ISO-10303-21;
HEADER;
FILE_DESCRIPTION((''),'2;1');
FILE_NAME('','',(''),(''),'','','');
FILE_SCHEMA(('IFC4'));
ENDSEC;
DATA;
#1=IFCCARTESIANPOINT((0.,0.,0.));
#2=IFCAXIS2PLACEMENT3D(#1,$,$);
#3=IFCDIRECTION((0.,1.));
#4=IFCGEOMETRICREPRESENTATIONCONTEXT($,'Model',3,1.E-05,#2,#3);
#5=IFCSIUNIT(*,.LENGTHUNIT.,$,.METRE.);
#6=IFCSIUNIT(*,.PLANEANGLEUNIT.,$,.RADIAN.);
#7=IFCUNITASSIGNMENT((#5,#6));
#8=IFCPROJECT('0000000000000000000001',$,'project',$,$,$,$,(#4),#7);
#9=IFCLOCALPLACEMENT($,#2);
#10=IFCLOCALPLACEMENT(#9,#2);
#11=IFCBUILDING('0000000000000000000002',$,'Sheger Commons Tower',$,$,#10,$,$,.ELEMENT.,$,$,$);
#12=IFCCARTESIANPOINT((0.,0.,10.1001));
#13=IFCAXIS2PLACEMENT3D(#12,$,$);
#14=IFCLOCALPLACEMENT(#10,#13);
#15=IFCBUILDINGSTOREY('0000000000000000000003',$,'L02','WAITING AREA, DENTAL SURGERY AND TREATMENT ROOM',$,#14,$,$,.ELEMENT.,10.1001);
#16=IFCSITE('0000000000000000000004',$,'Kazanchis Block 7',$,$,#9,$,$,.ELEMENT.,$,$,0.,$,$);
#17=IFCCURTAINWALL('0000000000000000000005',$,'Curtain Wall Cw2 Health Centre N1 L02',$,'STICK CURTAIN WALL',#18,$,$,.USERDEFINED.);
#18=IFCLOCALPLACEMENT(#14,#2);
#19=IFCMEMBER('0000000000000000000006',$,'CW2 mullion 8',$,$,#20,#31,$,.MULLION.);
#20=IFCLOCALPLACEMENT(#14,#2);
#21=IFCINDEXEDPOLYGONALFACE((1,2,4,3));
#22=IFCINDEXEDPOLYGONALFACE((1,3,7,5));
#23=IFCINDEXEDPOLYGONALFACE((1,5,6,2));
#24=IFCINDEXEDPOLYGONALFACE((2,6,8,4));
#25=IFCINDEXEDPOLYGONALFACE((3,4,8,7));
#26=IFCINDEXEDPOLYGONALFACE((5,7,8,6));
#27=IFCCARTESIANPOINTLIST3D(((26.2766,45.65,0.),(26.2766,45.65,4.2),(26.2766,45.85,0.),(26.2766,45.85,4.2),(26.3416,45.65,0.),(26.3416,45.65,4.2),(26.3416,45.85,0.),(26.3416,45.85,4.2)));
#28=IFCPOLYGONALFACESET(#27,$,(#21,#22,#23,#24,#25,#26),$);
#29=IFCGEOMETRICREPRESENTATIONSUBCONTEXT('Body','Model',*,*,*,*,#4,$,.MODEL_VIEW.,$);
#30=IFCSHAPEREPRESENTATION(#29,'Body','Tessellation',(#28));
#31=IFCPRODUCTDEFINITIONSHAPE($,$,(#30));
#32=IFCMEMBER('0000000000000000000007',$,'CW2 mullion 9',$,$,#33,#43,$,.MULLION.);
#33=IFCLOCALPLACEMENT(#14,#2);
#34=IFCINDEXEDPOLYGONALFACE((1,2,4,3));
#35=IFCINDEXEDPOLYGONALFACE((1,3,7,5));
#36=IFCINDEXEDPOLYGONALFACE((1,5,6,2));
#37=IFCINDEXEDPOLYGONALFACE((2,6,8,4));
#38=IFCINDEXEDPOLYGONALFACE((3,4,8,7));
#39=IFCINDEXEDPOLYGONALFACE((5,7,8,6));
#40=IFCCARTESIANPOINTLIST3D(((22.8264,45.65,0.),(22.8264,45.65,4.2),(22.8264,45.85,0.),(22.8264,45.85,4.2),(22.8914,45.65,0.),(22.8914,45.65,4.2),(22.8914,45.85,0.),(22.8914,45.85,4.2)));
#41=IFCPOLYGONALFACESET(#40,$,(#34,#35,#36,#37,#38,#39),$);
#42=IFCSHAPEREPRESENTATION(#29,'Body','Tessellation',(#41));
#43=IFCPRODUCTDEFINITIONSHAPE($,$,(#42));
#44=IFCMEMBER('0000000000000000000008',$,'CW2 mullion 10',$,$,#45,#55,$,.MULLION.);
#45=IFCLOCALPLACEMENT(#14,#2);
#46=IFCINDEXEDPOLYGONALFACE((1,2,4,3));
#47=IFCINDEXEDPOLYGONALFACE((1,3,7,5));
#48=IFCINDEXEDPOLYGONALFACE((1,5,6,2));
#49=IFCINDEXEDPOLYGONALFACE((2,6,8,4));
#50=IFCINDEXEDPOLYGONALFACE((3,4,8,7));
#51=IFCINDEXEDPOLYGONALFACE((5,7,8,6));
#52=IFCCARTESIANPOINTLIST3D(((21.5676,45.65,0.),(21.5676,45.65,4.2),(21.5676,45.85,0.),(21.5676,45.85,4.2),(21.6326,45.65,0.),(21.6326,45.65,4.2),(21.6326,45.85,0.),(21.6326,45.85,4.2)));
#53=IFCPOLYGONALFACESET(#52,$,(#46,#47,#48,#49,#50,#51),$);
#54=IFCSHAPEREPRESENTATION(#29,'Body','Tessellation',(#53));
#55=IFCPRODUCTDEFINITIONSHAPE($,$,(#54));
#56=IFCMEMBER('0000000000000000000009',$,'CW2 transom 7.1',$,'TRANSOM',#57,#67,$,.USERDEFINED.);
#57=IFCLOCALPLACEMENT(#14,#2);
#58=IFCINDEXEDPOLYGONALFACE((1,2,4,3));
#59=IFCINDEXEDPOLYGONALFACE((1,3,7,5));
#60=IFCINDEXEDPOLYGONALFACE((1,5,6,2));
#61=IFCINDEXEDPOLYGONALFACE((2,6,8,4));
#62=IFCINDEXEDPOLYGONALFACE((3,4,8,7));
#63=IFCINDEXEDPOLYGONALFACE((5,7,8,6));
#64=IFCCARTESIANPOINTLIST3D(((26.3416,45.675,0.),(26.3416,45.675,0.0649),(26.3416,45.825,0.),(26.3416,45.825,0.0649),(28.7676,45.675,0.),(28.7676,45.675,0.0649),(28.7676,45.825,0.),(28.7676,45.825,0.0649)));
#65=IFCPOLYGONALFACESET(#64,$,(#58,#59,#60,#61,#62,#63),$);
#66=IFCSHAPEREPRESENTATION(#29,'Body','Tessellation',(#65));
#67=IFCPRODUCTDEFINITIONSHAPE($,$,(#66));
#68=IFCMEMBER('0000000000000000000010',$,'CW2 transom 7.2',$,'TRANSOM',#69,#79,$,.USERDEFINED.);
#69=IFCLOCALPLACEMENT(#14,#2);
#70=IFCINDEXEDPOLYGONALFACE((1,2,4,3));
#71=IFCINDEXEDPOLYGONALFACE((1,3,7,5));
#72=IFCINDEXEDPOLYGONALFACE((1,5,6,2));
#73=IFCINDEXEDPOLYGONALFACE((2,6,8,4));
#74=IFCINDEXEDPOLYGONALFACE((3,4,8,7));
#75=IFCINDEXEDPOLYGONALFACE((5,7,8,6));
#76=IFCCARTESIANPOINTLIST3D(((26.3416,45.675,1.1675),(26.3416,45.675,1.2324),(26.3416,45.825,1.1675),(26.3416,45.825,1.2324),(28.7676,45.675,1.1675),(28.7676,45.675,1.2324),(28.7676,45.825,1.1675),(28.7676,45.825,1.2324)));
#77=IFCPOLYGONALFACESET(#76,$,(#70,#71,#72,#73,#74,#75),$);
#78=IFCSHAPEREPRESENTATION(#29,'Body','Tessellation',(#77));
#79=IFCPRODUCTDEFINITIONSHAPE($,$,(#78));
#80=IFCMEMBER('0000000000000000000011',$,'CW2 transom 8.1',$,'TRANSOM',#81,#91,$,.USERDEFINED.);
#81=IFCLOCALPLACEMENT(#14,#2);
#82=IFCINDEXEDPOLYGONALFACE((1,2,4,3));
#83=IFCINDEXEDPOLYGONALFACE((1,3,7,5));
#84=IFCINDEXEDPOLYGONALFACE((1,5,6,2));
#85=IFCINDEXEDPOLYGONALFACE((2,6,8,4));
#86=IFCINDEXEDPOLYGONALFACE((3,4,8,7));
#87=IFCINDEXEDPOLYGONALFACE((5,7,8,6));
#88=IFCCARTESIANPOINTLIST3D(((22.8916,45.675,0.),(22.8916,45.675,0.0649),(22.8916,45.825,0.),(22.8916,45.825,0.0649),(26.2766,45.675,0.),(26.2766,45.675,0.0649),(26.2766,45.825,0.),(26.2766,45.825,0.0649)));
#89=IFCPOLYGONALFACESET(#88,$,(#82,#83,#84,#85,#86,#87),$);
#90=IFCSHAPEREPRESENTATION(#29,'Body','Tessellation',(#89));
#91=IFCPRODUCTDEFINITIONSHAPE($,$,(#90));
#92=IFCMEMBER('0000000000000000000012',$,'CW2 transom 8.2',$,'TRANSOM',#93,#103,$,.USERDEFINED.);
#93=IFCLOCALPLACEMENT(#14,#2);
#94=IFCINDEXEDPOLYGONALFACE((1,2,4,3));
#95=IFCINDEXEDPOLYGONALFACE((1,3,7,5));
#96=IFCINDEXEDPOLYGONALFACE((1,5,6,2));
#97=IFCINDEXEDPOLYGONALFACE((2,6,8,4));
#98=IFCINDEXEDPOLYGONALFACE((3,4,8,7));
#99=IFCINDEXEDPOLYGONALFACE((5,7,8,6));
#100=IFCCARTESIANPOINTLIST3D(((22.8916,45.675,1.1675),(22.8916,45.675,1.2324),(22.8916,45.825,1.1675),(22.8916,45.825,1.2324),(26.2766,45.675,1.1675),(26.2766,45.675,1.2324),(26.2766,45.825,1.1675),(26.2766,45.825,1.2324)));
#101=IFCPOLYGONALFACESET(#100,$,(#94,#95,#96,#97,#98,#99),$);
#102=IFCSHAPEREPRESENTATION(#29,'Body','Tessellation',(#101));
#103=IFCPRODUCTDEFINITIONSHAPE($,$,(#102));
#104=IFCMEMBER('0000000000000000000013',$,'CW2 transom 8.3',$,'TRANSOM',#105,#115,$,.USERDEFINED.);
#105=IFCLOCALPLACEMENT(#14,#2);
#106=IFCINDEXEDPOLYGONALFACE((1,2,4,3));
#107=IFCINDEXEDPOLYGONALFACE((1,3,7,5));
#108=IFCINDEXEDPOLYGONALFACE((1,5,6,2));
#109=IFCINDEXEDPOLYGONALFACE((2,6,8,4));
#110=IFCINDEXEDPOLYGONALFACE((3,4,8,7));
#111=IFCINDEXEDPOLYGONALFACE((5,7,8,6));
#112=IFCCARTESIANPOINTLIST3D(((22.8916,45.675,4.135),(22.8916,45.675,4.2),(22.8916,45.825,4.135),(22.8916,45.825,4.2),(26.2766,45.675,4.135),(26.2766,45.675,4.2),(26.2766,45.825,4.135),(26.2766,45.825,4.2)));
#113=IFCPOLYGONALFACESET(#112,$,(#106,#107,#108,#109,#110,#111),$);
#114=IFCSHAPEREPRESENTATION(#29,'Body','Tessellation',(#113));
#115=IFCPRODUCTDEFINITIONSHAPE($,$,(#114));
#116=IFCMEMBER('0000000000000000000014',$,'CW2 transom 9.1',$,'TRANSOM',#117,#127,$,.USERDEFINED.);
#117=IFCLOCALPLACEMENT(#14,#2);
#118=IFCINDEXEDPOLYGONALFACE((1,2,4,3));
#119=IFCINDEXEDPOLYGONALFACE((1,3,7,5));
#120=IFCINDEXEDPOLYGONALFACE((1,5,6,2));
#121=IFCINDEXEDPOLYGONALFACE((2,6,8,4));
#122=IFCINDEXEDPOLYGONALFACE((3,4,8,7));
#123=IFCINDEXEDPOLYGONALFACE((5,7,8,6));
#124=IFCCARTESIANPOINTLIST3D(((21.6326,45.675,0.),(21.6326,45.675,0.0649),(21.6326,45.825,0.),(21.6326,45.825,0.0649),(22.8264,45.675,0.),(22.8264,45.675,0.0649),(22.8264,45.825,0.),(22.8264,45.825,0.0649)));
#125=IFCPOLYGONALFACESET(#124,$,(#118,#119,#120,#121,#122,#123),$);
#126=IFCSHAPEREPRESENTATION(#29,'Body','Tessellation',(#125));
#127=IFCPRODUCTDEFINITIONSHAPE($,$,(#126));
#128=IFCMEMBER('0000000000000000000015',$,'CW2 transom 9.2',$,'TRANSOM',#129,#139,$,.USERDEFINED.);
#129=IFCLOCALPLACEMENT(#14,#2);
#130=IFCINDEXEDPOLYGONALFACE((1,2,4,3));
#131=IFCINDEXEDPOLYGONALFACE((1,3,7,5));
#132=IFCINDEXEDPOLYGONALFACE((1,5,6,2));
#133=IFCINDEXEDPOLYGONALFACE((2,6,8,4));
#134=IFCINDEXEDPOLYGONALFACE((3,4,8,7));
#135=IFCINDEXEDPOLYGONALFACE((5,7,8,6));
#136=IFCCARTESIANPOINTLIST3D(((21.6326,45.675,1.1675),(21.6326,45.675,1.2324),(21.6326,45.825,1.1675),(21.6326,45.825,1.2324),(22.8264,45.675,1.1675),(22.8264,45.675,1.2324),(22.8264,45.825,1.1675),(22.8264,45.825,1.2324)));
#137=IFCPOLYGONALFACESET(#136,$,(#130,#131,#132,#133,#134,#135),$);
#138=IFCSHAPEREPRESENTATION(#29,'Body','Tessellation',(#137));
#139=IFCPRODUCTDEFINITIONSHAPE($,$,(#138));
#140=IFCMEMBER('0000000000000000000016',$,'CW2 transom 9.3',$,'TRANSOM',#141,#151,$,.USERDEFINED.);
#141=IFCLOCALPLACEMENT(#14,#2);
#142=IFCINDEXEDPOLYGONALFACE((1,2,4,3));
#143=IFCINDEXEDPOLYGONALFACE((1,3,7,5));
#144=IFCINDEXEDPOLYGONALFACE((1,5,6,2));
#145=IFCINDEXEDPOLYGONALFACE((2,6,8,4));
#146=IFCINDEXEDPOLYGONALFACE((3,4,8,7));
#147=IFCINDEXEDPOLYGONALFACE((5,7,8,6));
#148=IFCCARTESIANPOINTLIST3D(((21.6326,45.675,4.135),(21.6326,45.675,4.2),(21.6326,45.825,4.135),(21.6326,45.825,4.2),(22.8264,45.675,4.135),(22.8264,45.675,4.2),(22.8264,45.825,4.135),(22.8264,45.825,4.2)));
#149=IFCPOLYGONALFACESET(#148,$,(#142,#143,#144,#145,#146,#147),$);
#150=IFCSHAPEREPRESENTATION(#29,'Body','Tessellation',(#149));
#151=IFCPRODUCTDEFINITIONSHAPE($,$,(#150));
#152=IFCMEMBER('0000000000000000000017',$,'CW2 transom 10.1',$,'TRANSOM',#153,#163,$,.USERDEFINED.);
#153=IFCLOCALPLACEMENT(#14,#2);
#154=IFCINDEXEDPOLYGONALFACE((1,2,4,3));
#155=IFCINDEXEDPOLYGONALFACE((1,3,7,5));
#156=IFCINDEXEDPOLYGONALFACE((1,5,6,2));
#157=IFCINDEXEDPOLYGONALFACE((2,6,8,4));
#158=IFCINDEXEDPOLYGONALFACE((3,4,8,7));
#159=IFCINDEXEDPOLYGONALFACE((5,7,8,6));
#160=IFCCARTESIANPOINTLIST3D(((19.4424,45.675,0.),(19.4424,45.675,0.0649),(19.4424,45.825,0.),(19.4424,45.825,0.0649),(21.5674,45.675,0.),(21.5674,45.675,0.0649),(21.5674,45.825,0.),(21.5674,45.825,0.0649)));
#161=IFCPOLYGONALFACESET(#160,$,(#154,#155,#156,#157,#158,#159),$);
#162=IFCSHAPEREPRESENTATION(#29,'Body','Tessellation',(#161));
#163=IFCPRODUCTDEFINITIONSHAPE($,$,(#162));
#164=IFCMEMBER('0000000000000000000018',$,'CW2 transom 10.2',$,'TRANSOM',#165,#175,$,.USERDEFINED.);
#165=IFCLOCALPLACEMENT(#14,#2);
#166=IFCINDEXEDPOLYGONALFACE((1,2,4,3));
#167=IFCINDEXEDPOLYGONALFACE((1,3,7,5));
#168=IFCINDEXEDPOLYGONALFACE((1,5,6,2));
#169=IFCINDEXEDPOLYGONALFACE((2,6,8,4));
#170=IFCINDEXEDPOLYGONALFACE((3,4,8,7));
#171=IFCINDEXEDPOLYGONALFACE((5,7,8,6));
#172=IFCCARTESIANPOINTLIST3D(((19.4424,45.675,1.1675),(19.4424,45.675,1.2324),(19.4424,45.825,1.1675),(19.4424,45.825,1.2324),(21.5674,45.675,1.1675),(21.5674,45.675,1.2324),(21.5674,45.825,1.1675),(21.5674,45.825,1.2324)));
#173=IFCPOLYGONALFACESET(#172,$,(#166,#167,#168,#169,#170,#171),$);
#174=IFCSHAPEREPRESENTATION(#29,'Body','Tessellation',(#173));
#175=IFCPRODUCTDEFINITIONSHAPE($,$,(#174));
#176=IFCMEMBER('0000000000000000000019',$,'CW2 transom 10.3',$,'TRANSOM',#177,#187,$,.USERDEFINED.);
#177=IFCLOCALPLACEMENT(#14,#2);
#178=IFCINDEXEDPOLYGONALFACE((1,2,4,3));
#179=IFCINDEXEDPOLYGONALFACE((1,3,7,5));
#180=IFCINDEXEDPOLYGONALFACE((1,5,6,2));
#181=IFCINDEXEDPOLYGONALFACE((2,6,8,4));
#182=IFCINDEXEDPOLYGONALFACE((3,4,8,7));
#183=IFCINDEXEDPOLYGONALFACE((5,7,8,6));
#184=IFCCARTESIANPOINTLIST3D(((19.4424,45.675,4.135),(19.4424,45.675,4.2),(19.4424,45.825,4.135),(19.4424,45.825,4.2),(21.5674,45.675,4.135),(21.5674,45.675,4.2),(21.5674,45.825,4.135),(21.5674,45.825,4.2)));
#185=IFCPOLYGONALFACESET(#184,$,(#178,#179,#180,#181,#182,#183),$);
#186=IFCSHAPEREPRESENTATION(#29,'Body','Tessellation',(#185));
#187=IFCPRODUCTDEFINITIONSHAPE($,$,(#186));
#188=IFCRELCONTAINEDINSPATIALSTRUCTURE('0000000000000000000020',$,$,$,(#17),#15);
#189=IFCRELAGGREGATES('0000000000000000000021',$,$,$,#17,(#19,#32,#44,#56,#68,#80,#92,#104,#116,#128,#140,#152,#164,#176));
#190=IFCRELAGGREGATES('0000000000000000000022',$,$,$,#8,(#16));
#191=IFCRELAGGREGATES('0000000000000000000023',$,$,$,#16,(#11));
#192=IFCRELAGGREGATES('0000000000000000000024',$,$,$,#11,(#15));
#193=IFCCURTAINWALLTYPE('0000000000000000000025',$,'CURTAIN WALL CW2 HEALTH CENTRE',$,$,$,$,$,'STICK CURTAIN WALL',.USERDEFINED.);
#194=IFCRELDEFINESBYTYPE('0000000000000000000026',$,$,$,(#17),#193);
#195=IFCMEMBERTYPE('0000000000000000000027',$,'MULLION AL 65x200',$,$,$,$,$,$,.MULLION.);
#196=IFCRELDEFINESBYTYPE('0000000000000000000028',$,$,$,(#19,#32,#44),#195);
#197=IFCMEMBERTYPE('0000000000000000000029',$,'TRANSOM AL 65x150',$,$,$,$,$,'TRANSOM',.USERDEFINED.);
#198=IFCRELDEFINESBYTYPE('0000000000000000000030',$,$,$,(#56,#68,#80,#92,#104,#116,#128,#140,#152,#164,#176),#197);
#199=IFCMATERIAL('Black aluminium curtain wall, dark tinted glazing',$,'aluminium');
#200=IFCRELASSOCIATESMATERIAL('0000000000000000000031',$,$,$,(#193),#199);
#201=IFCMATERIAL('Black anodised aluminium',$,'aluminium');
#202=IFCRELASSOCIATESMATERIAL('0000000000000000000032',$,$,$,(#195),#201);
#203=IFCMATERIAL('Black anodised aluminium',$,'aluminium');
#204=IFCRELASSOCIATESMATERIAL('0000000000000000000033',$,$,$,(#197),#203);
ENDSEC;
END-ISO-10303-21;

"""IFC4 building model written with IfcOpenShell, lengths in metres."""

from ifc_helpers import new_model, si_unit, direction, frame, origin, origin_2d, place, context, subcontext, project, spatial, rectangle, extrude, material, material_profile, profile_set, type_object, element, aggregate, save


model = new_model("IFC4")

# Units and contexts
model_context = context("Model", 3, precision=1e-05, world=origin(), true_north=direction((0.0, 1.0)))
body_context = subcontext(model_context, "Body", "Model", "MODEL_VIEW")
ifc_project = project(units=[si_unit("LENGTHUNIT", "METRE"), si_unit("PLANEANGLEUNIT", "RADIAN")], contexts=[model_context])

# Site, building, storey
site_placement = place(None, origin())
site = spatial("IfcSite", under=ifc_project, at=site_placement, Name="Kazanchis Block 7", CompositionType="ELEMENT", RefElevation=0.0)
building_placement = place(site_placement, origin())
building = spatial("IfcBuilding", under=site, at=building_placement, Name="Sheger Commons Tower", CompositionType="ELEMENT")
storey_placement = place(building_placement, frame((0.0, 0.0, 10.1001)))
storey = spatial("IfcBuildingStorey", under=building, at=storey_placement, Name="L02", Description="WAITING AREA, DENTAL SURGERY AND TREATMENT ROOM", CompositionType="ELEMENT", Elevation=10.1001)

# Curtain wall, members
ifc_material_1 = material(Name="Black aluminium curtain wall, dark tinted glazing", Category="aluminium")
curtain_wall_type = type_object("IfcCurtainWallType", Name="CURTAIN WALL CW2 HEALTH CENTRE", ElementType="STICK CURTAIN WALL", PredefinedType="USERDEFINED", material=ifc_material_1)
curtain_wall_placement = place(storey_placement, origin())
curtain_wall = element("IfcCurtainWall", 1, at=curtain_wall_placement, inside=storey, type_object=curtain_wall_type, Name="Curtain Wall Cw2 Health Centre N1 L02", ObjectType="STICK CURTAIN WALL", PredefinedType="USERDEFINED")
ifc_material_2 = material(Name="Black anodised aluminium", Category="aluminium")
ifc_material_profile_1 = material_profile(ifc_material_2, rectangle(XDim=0.2, YDim=0.0649, at=origin_2d()), Name="AL 65x200")
ifc_profile_set_1 = profile_set([ifc_material_profile_1], Name="Black anodised aluminium")
member_type_1 = type_object("IfcMemberType", Name="MULLION AL 65x200", PredefinedType="MULLION", material=ifc_profile_set_1)
member_1_placement = place(storey_placement, frame((26.3091, 45.75, 0.0), z_axis=(0.0, 0.0, 1.0), x_axis=(0.0, -1.0, 0.0)))
member_1 = element("IfcMember", 2, at=member_1_placement, type_object=member_type_1, Name="CW2 mullion 8", PredefinedType="MULLION", context=body_context, shape_type="SweptSolid", body=[
    extrude(rectangle(XDim=0.2, YDim=0.0649, at=origin_2d()), origin(), (0.0, 0.0, 1.0), 4.2),
])
member_2_placement = place(storey_placement, frame((22.8589, 45.75, 0.0), z_axis=(0.0, 0.0, 1.0), x_axis=(0.0, -1.0, 0.0)))
member_2 = element("IfcMember", 3, at=member_2_placement, type_object=member_type_1, Name="CW2 mullion 9", PredefinedType="MULLION", context=body_context, shape_type="SweptSolid", body=[
    extrude(rectangle(XDim=0.2, YDim=0.0649, at=origin_2d()), origin(), (0.0, 0.0, 1.0), 4.2),
])
member_3_placement = place(storey_placement, frame((21.6001, 45.75, 0.0), z_axis=(0.0, 0.0, 1.0), x_axis=(0.0, -1.0, 0.0)))
member_3 = element("IfcMember", 4, at=member_3_placement, type_object=member_type_1, Name="CW2 mullion 10", PredefinedType="MULLION", context=body_context, shape_type="SweptSolid", body=[
    extrude(rectangle(XDim=0.2, YDim=0.0649, at=origin_2d()), origin(), (0.0, 0.0, 1.0), 4.2),
])
ifc_material_3 = material(Name="Black anodised aluminium", Category="aluminium")
ifc_material_profile_2 = material_profile(ifc_material_3, rectangle(XDim=0.1499, YDim=0.0649, at=origin_2d()), Name="AL 65x150")
ifc_profile_set_2 = profile_set([ifc_material_profile_2], Name="Black anodised aluminium")
member_type_2 = type_object("IfcMemberType", Name="TRANSOM AL 65x150", ElementType="TRANSOM", PredefinedType="USERDEFINED", material=ifc_profile_set_2)
member_4_placement = place(storey_placement, frame((28.7676, 45.75, 0.0325), z_axis=(-1.0, 0.0, 0.0), x_axis=(0.0, -1.0, 0.0)))
member_4 = element("IfcMember", 5, at=member_4_placement, type_object=member_type_2, Name="CW2 transom 7.1", ObjectType="TRANSOM", PredefinedType="USERDEFINED", context=body_context, shape_type="SweptSolid", body=[
    extrude(rectangle(XDim=0.1499, YDim=0.0649, at=origin_2d()), origin(), (0.0, 0.0, 1.0), 2.426),
])
member_5_placement = place(storey_placement, frame((28.7676, 45.75, 1.2), z_axis=(-1.0, 0.0, 0.0), x_axis=(0.0, -1.0, 0.0)))
member_5 = element("IfcMember", 6, at=member_5_placement, type_object=member_type_2, Name="CW2 transom 7.2", ObjectType="TRANSOM", PredefinedType="USERDEFINED", context=body_context, shape_type="SweptSolid", body=[
    extrude(rectangle(XDim=0.1499, YDim=0.0649, at=origin_2d()), origin(), (0.0, 0.0, 1.0), 2.426),
])
member_6_placement = place(storey_placement, frame((26.2766, 45.75, 0.0325), z_axis=(-1.0, 0.0, 0.0), x_axis=(0.0, -1.0, 0.0)))
member_6 = element("IfcMember", 7, at=member_6_placement, type_object=member_type_2, Name="CW2 transom 8.1", ObjectType="TRANSOM", PredefinedType="USERDEFINED", context=body_context, shape_type="SweptSolid", body=[
    extrude(rectangle(XDim=0.1499, YDim=0.0649, at=origin_2d()), origin(), (0.0, 0.0, 1.0), 3.385),
])
member_7_placement = place(storey_placement, frame((26.2766, 45.75, 1.2), z_axis=(-1.0, 0.0, 0.0), x_axis=(0.0, -1.0, 0.0)))
member_7 = element("IfcMember", 8, at=member_7_placement, type_object=member_type_2, Name="CW2 transom 8.2", ObjectType="TRANSOM", PredefinedType="USERDEFINED", context=body_context, shape_type="SweptSolid", body=[
    extrude(rectangle(XDim=0.1499, YDim=0.0649, at=origin_2d()), origin(), (0.0, 0.0, 1.0), 3.385),
])
member_8_placement = place(storey_placement, frame((26.2766, 45.75, 4.1675), z_axis=(-1.0, 0.0, 0.0), x_axis=(0.0, -1.0, 0.0)))
member_8 = element("IfcMember", 9, at=member_8_placement, type_object=member_type_2, Name="CW2 transom 8.3", ObjectType="TRANSOM", PredefinedType="USERDEFINED", context=body_context, shape_type="SweptSolid", body=[
    extrude(rectangle(XDim=0.1499, YDim=0.0649, at=origin_2d()), origin(), (0.0, 0.0, 1.0), 3.385),
])
member_9_placement = place(storey_placement, frame((22.8264, 45.75, 0.0325), z_axis=(-1.0, 0.0, 0.0), x_axis=(0.0, -1.0, 0.0)))
member_9 = element("IfcMember", 10, at=member_9_placement, type_object=member_type_2, Name="CW2 transom 9.1", ObjectType="TRANSOM", PredefinedType="USERDEFINED", context=body_context, shape_type="SweptSolid", body=[
    extrude(rectangle(XDim=0.1499, YDim=0.0649, at=origin_2d()), origin(), (0.0, 0.0, 1.0), 1.1938),
])
member_10_placement = place(storey_placement, frame((22.8264, 45.75, 1.2), z_axis=(-1.0, 0.0, 0.0), x_axis=(0.0, -1.0, 0.0)))
member_10 = element("IfcMember", 11, at=member_10_placement, type_object=member_type_2, Name="CW2 transom 9.2", ObjectType="TRANSOM", PredefinedType="USERDEFINED", context=body_context, shape_type="SweptSolid", body=[
    extrude(rectangle(XDim=0.1499, YDim=0.0649, at=origin_2d()), origin(), (0.0, 0.0, 1.0), 1.1938),
])
member_11_placement = place(storey_placement, frame((22.8264, 45.75, 4.1675), z_axis=(-1.0, 0.0, 0.0), x_axis=(0.0, -1.0, 0.0)))
member_11 = element("IfcMember", 12, at=member_11_placement, type_object=member_type_2, Name="CW2 transom 9.3", ObjectType="TRANSOM", PredefinedType="USERDEFINED", context=body_context, shape_type="SweptSolid", body=[
    extrude(rectangle(XDim=0.1499, YDim=0.0649, at=origin_2d()), origin(), (0.0, 0.0, 1.0), 1.1938),
])
member_12_placement = place(storey_placement, frame((21.5674, 45.75, 0.0325), z_axis=(-1.0, 0.0, 0.0), x_axis=(0.0, -1.0, 0.0)))
member_12 = element("IfcMember", 13, at=member_12_placement, type_object=member_type_2, Name="CW2 transom 10.1", ObjectType="TRANSOM", PredefinedType="USERDEFINED", context=body_context, shape_type="SweptSolid", body=[
    extrude(rectangle(XDim=0.1499, YDim=0.0649, at=origin_2d()), origin(), (0.0, 0.0, 1.0), 2.125),
])
member_13_placement = place(storey_placement, frame((21.5674, 45.75, 1.2), z_axis=(-1.0, 0.0, 0.0), x_axis=(0.0, -1.0, 0.0)))
member_13 = element("IfcMember", 14, at=member_13_placement, type_object=member_type_2, Name="CW2 transom 10.2", ObjectType="TRANSOM", PredefinedType="USERDEFINED", context=body_context, shape_type="SweptSolid", body=[
    extrude(rectangle(XDim=0.1499, YDim=0.0649, at=origin_2d()), origin(), (0.0, 0.0, 1.0), 2.125),
])
member_14_placement = place(storey_placement, frame((21.5674, 45.75, 4.1675), z_axis=(-1.0, 0.0, 0.0), x_axis=(0.0, -1.0, 0.0)))
member_14 = element("IfcMember", 15, at=member_14_placement, type_object=member_type_2, Name="CW2 transom 10.3", ObjectType="TRANSOM", PredefinedType="USERDEFINED", context=body_context, shape_type="SweptSolid", body=[
    extrude(rectangle(XDim=0.1499, YDim=0.0649, at=origin_2d()), origin(), (0.0, 0.0, 1.0), 2.125),
])
aggregate(curtain_wall, [member_1, member_2, member_3, member_4, member_5, member_6, member_7, member_8, member_9, member_10, member_11, member_12, member_13, member_14])

save(model, "model.ifc")
